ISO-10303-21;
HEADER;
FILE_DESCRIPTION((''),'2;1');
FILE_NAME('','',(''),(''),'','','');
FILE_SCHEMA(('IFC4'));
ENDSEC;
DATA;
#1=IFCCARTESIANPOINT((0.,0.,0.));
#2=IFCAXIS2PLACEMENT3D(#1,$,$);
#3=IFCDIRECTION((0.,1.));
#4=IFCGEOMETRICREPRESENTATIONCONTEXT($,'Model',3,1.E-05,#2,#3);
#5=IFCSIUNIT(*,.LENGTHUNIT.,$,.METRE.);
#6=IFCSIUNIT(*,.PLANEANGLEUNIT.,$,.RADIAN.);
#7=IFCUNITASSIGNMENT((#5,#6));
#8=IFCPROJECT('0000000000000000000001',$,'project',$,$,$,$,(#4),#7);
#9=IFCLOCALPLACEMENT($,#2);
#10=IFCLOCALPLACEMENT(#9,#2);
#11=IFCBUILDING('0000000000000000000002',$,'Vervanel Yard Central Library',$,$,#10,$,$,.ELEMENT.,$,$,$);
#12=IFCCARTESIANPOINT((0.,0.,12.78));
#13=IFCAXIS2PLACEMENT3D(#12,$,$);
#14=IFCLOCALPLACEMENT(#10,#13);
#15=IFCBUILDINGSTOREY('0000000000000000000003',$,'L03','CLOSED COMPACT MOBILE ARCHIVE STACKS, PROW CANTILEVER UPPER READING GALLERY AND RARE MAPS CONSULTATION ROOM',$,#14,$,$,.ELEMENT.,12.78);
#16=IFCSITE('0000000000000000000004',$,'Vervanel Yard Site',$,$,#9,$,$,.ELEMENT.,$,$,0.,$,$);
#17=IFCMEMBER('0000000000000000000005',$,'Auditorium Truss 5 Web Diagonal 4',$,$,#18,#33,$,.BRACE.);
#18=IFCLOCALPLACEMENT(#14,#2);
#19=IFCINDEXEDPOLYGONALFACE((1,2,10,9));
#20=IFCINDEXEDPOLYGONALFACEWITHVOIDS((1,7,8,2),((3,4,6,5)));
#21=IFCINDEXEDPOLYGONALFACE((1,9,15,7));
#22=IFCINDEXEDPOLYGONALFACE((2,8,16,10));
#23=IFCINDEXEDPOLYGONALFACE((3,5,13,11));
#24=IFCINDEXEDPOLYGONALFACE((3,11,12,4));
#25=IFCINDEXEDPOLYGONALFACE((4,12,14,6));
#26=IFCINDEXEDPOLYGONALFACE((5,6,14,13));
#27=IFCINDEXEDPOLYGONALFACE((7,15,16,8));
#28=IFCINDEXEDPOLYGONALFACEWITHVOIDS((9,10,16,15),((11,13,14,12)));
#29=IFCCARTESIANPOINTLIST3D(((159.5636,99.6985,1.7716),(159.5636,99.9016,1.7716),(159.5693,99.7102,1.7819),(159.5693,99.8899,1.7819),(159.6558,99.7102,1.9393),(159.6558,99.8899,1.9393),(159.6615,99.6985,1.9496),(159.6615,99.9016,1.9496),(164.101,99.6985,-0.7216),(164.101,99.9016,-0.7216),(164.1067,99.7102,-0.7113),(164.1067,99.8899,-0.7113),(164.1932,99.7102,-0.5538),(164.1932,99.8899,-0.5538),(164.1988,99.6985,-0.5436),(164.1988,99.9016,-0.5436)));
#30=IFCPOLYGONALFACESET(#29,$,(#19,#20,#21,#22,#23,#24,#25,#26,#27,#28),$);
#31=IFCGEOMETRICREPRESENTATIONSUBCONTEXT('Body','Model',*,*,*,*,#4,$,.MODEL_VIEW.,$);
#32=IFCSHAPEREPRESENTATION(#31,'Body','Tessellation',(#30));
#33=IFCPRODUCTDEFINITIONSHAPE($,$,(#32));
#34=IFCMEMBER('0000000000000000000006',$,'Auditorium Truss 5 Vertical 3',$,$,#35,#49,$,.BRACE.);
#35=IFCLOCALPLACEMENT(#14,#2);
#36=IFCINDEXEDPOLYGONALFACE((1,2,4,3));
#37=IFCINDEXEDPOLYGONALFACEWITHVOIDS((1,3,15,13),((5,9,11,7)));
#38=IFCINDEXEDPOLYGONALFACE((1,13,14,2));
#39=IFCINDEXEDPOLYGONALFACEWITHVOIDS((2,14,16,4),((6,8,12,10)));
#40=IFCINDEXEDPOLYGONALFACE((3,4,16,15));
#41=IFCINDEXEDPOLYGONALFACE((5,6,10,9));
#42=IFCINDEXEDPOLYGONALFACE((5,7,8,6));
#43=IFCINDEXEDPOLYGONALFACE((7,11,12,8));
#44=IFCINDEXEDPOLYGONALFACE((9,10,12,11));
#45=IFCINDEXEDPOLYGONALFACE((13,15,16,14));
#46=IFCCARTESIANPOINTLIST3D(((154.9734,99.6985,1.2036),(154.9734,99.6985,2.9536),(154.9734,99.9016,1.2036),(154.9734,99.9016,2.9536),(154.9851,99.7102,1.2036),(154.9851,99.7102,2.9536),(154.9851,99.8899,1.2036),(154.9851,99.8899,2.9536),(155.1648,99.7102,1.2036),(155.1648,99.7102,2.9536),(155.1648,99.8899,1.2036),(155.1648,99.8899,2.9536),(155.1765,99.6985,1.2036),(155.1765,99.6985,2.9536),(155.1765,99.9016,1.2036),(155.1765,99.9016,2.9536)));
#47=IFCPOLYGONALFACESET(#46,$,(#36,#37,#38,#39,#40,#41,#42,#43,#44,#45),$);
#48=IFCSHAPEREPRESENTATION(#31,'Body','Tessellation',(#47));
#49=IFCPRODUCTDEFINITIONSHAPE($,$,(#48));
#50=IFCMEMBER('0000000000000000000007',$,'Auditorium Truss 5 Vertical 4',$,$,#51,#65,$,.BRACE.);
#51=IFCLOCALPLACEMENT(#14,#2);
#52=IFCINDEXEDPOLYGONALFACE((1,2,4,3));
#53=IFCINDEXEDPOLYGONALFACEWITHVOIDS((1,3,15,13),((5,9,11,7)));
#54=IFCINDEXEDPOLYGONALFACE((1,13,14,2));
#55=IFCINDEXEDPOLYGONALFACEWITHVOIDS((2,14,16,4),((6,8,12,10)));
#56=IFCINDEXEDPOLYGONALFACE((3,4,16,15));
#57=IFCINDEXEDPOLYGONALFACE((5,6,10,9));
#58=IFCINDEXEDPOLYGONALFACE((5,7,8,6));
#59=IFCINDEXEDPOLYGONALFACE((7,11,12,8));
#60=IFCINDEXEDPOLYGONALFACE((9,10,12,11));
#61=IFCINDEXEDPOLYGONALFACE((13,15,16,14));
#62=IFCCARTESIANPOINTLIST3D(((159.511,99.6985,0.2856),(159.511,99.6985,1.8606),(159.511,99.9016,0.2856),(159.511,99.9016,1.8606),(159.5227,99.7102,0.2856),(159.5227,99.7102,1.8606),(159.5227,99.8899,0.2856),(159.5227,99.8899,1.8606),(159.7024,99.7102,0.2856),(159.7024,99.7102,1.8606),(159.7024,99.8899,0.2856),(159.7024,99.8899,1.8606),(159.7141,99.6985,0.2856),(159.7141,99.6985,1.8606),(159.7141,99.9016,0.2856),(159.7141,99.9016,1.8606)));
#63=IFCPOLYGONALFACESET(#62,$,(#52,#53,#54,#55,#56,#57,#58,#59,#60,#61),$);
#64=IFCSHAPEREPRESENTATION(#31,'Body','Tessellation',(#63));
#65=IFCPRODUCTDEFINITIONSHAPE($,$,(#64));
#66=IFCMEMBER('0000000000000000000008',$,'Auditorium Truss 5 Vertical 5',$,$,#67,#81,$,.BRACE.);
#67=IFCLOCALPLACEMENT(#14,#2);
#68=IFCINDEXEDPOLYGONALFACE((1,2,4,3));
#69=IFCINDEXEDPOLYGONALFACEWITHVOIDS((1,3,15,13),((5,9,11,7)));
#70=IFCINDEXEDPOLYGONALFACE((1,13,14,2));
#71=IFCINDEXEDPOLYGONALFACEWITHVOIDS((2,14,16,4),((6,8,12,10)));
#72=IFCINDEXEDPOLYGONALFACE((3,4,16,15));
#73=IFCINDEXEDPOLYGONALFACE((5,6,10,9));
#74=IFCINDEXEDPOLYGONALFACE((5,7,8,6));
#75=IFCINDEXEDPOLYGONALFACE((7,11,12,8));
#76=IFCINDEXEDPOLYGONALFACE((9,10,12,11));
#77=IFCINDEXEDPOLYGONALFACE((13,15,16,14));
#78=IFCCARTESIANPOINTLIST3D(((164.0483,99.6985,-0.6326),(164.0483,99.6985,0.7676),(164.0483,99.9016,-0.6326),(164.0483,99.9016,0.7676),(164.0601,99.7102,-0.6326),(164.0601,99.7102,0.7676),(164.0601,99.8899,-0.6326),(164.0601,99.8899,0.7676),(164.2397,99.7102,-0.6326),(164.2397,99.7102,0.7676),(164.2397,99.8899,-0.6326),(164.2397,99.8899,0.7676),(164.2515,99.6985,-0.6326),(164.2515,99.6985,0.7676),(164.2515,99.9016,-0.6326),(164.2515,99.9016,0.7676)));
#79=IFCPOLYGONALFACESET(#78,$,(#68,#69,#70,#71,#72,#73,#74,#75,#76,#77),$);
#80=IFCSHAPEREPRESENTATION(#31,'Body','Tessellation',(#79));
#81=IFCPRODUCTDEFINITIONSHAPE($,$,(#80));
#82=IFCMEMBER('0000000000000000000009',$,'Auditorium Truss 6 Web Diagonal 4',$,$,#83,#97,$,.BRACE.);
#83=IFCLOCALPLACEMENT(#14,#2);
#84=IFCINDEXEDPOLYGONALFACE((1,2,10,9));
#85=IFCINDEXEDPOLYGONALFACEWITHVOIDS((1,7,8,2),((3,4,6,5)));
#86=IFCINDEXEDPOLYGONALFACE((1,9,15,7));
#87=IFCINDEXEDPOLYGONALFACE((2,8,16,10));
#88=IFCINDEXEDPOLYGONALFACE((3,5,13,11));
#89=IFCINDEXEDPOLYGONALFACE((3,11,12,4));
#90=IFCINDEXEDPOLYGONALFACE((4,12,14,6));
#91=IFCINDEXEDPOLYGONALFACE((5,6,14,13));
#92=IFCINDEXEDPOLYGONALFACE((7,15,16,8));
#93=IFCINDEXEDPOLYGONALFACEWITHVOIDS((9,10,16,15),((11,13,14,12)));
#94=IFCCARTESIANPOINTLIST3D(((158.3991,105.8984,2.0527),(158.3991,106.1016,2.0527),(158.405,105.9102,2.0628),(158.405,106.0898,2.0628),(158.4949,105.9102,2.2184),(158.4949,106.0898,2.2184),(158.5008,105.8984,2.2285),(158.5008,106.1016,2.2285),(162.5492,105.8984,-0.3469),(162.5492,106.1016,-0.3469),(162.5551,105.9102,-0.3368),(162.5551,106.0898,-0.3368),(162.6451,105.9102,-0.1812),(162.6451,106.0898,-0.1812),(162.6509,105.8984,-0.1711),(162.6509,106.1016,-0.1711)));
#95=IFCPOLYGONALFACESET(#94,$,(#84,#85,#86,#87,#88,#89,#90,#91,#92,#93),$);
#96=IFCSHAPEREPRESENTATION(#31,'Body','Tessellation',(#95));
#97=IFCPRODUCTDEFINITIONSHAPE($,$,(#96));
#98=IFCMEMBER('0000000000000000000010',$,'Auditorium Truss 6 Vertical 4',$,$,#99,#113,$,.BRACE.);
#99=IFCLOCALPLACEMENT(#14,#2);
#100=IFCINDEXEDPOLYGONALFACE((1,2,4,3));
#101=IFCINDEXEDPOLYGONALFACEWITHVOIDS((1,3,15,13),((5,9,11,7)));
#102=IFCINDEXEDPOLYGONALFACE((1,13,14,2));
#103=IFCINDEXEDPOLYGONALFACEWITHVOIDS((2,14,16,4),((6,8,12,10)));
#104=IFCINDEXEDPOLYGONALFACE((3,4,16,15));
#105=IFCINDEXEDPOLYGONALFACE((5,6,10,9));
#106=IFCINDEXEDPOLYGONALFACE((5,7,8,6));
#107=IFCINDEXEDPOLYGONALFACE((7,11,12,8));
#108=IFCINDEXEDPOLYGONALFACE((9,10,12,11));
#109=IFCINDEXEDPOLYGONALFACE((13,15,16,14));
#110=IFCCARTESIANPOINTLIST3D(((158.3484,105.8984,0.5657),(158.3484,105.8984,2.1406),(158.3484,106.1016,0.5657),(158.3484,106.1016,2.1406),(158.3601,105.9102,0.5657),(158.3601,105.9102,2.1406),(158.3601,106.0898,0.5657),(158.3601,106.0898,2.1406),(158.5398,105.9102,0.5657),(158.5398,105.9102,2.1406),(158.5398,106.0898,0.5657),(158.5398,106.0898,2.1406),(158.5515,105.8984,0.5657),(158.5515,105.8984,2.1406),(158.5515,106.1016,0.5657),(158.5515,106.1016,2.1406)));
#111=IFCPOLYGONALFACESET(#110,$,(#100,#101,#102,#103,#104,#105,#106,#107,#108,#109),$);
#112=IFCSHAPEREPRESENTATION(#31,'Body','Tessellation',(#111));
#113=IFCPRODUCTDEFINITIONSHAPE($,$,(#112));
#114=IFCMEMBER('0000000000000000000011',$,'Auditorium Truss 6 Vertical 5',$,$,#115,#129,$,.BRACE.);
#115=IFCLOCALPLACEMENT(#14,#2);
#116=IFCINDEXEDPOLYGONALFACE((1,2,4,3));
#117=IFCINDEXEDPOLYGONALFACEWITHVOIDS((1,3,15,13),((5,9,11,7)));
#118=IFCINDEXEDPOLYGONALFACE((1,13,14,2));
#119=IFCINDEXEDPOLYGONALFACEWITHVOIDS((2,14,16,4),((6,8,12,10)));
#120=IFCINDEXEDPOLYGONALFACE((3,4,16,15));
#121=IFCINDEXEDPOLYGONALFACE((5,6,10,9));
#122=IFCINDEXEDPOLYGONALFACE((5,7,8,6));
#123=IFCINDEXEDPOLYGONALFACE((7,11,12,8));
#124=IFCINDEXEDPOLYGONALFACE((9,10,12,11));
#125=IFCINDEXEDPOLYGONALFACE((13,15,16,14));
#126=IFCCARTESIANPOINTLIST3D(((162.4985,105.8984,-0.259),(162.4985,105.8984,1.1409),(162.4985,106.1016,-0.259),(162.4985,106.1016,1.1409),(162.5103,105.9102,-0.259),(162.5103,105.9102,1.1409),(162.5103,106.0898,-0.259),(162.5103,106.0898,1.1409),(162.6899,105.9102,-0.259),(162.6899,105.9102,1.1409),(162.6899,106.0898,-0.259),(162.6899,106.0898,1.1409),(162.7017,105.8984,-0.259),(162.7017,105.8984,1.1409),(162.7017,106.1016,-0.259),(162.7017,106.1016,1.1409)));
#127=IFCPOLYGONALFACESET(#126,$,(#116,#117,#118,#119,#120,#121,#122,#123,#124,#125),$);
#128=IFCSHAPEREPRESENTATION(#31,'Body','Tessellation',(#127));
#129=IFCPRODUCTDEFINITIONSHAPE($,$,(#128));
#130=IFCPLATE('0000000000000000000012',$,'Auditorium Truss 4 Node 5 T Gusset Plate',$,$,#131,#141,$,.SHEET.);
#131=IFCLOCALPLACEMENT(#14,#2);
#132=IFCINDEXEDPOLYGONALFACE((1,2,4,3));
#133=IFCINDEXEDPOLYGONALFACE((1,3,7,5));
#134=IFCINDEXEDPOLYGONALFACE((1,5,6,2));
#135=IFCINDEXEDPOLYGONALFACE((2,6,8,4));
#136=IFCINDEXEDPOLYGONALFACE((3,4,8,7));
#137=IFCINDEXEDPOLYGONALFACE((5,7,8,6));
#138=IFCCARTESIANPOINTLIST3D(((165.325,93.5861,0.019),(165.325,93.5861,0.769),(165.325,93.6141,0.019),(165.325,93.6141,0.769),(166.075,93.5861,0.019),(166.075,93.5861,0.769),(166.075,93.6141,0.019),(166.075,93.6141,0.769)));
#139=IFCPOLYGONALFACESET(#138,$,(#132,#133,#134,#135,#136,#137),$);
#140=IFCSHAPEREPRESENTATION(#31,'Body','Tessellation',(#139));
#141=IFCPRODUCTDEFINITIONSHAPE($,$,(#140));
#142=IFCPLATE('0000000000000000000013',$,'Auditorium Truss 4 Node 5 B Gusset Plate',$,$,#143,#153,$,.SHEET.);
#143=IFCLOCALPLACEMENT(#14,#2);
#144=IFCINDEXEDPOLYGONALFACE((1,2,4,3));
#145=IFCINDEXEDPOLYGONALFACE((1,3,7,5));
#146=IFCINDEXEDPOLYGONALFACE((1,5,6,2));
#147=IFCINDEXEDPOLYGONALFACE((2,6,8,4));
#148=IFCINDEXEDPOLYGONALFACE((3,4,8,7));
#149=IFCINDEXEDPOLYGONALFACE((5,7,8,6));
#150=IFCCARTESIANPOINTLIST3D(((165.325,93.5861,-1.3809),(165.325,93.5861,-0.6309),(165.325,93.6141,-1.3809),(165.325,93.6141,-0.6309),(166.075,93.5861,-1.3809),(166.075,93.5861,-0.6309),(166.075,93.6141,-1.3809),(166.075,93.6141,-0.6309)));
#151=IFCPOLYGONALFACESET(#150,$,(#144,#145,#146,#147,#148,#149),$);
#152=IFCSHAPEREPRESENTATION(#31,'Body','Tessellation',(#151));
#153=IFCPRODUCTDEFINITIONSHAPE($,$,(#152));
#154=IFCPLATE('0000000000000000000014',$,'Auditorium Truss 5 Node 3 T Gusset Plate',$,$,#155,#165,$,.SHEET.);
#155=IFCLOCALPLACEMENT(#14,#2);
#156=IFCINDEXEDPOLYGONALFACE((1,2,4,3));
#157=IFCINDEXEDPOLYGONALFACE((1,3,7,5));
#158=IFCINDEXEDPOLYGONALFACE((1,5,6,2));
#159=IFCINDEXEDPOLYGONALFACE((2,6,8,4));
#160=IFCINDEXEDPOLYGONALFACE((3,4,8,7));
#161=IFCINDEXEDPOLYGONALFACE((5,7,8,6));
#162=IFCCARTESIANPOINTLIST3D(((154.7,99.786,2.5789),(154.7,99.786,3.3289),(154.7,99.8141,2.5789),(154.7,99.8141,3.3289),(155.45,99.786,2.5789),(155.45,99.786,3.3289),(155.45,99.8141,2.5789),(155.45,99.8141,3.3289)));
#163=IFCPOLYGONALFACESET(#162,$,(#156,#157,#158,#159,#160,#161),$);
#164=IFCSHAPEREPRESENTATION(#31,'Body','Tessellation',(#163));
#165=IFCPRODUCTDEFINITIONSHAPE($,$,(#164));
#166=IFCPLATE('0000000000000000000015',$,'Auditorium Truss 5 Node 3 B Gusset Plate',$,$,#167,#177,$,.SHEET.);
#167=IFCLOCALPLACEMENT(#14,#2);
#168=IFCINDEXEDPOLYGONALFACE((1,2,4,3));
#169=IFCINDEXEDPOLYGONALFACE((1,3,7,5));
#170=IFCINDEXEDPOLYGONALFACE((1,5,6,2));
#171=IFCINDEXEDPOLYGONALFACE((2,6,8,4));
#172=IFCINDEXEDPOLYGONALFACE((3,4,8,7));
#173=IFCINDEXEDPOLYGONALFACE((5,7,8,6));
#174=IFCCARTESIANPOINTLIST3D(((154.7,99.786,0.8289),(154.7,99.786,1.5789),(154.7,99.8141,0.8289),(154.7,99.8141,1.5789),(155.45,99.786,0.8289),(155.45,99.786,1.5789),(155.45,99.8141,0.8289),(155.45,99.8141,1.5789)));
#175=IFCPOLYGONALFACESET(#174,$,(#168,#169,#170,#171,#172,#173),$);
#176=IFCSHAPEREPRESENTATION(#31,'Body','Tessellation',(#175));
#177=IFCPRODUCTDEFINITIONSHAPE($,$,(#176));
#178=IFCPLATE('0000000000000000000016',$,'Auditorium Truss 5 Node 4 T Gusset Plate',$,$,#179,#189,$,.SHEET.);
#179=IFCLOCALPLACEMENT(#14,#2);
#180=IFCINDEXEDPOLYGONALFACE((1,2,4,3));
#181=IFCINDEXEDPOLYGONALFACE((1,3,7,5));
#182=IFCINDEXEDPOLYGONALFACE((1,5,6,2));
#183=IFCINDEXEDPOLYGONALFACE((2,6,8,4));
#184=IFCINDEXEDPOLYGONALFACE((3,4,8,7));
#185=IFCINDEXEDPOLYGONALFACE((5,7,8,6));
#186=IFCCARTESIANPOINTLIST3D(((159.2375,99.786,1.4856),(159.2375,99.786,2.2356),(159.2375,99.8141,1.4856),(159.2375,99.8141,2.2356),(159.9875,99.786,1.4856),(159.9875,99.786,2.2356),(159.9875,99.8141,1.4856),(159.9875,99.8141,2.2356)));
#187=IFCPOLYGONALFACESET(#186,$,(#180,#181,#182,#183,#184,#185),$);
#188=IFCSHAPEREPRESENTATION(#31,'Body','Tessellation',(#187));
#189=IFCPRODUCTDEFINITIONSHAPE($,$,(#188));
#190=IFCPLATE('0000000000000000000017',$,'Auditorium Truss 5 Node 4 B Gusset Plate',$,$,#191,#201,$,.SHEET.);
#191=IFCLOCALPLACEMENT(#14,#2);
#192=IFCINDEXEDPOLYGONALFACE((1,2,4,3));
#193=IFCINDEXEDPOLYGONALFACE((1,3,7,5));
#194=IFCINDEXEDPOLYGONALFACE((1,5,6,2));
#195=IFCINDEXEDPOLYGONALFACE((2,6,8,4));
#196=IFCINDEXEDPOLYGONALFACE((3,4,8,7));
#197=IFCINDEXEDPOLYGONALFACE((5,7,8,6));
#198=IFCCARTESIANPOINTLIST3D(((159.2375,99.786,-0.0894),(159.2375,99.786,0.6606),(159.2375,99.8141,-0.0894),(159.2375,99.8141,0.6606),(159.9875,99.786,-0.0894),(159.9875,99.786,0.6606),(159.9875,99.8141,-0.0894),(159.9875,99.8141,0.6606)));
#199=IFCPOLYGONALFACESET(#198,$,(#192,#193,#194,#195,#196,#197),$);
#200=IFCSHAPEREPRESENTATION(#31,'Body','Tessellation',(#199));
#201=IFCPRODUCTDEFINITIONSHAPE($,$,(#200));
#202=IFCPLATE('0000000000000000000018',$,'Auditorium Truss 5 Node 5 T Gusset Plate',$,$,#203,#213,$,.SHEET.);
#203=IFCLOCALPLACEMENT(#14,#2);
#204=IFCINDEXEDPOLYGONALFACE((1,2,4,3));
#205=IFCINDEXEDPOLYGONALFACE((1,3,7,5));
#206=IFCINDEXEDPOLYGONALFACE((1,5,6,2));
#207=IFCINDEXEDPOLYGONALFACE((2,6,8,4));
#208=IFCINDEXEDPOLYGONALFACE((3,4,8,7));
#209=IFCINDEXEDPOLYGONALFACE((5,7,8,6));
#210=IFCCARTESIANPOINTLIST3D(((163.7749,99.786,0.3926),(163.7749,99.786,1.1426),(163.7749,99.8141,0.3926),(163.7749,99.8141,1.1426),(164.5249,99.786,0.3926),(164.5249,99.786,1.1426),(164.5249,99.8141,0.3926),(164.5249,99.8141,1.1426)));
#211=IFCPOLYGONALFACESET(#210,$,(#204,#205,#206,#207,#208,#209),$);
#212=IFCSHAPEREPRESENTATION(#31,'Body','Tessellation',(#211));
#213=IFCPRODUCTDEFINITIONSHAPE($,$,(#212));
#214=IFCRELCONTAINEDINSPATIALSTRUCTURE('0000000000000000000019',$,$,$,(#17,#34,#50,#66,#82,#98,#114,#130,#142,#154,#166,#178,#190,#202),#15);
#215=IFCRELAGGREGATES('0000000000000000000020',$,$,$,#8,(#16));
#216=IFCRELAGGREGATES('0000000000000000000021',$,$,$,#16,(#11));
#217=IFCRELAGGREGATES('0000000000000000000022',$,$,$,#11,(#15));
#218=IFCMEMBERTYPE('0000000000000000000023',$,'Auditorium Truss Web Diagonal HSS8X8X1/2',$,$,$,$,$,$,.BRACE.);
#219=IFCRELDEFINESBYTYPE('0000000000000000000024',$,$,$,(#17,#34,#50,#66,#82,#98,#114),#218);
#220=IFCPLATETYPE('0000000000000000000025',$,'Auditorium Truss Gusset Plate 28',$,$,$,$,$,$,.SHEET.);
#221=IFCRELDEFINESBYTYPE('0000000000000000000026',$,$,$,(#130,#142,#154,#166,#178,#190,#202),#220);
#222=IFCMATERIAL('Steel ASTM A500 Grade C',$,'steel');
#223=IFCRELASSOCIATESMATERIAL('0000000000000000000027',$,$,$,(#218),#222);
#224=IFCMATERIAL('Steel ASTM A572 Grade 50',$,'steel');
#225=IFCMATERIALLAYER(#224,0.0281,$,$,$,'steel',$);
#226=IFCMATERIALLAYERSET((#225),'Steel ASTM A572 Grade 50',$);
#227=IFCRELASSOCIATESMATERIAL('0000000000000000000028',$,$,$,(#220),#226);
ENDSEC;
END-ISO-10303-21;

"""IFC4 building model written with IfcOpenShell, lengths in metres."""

from ifc_helpers import new_model, si_unit, direction, frame, origin, origin_2d, place, context, subcontext, project, spatial, rectangle, hollow_rectangle, extrude, material, layer, layer_set, material_profile, profile_set, type_object, element, save


model = new_model("IFC4")

# Units and contexts
model_context = context("Model", 3, precision=1e-05, world=origin(), true_north=direction((0.0, 1.0)))
body_context = subcontext(model_context, "Body", "Model", "MODEL_VIEW")
ifc_project = project(units=[si_unit("LENGTHUNIT", "METRE"), si_unit("PLANEANGLEUNIT", "RADIAN")], contexts=[model_context])

# Site, building, storey
site_placement = place(None, origin())
site = spatial("IfcSite", under=ifc_project, at=site_placement, Name="Vervanel Yard Site", CompositionType="ELEMENT", RefElevation=0.0)
building_placement = place(site_placement, origin())
building = spatial("IfcBuilding", under=site, at=building_placement, Name="Vervanel Yard Central Library", CompositionType="ELEMENT")
storey_placement = place(building_placement, frame((0.0, 0.0, 12.78)))
storey = spatial("IfcBuildingStorey", under=building, at=storey_placement, Name="L03", Description="CLOSED COMPACT MOBILE ARCHIVE STACKS, PROW CANTILEVER UPPER READING GALLERY AND RARE MAPS CONSULTATION ROOM", CompositionType="ELEMENT", Elevation=12.78)

# Members
ifc_material_1 = material(Name="Steel ASTM A500 Grade C", Category="steel")
ifc_material_profile_1 = material_profile(ifc_material_1, hollow_rectangle(XDim=0.2031, YDim=0.2031, WallThickness=0.0117, at=origin_2d()), Name="HSS8X8X1/2", Category="steel")
ifc_profile_set_1 = profile_set([ifc_material_profile_1], Name="Steel ASTM A500 Grade C")
member_type_1 = type_object("IfcMemberType", Name="Auditorium Truss Web Diagonal HSS8X8X1/2", PredefinedType="BRACE", material=ifc_profile_set_1)
member_1_placement = place(storey_placement, frame((159.6125, 99.8, 1.8606), z_axis=(0.87641, 0.0, -0.481566), x_axis=(0.0, 1.0, 0.0)))
element("IfcMember", 1, at=member_1_placement, inside=storey, type_object=member_type_1, Name="Auditorium Truss 5 Web Diagonal 4", PredefinedType="BRACE", context=body_context, shape_type="SweptSolid", body=[
    extrude(hollow_rectangle(XDim=0.2031, YDim=0.2031, WallThickness=0.0117, at=origin_2d()), origin(), (0.0, 0.0, 1.0), 5.1772),
])
member_2_placement = place(storey_placement, frame((155.075, 99.8, 1.2036), z_axis=(0.0, 0.0, 1.0), x_axis=(1.0, 0.0, 0.0)))
element("IfcMember", 2, at=member_2_placement, inside=storey, type_object=member_type_1, Name="Auditorium Truss 5 Vertical 3", PredefinedType="BRACE", context=body_context, shape_type="SweptSolid", body=[
    extrude(hollow_rectangle(XDim=0.2031, YDim=0.2031, WallThickness=0.0117, at=origin_2d()), origin(), (0.0, 0.0, 1.0), 1.75),
])
member_3_placement = place(storey_placement, frame((159.6125, 99.8, 0.2856), z_axis=(0.0, 0.0, 1.0), x_axis=(1.0, 0.0, 0.0)))
element("IfcMember", 3, at=member_3_placement, inside=storey, type_object=member_type_1, Name="Auditorium Truss 5 Vertical 4", PredefinedType="BRACE", context=body_context, shape_type="SweptSolid", body=[
    extrude(hollow_rectangle(XDim=0.2031, YDim=0.2031, WallThickness=0.0117, at=origin_2d()), origin(), (0.0, 0.0, 1.0), 1.575),
])
member_4_placement = place(storey_placement, frame((164.1499, 99.8, -0.6326), z_axis=(0.0, 0.0, 1.0), x_axis=(1.0, 0.0, 0.0)))
element("IfcMember", 4, at=member_4_placement, inside=storey, type_object=member_type_1, Name="Auditorium Truss 5 Vertical 5", PredefinedType="BRACE", context=body_context, shape_type="SweptSolid", body=[
    extrude(hollow_rectangle(XDim=0.2031, YDim=0.2031, WallThickness=0.0117, at=origin_2d()), origin(), (0.0, 0.0, 1.0), 1.4001),
])
member_5_placement = place(storey_placement, frame((158.45, 106.0, 2.1406), z_axis=(0.865703, 0.0, -0.500558), x_axis=(0.0, 1.0, 0.0)))
element("IfcMember", 5, at=member_5_placement, inside=storey, type_object=member_type_1, Name="Auditorium Truss 6 Web Diagonal 4", PredefinedType="BRACE", context=body_context, shape_type="SweptSolid", body=[
    extrude(hollow_rectangle(XDim=0.2031, YDim=0.2031, WallThickness=0.0117, at=origin_2d()), origin(), (0.0, 0.0, 1.0), 4.7939),
])
member_6_placement = place(storey_placement, frame((158.45, 106.0, 0.5657), z_axis=(0.0, 0.0, 1.0), x_axis=(1.0, 0.0, 0.0)))
element("IfcMember", 6, at=member_6_placement, inside=storey, type_object=member_type_1, Name="Auditorium Truss 6 Vertical 4", PredefinedType="BRACE", context=body_context, shape_type="SweptSolid", body=[
    extrude(hollow_rectangle(XDim=0.2031, YDim=0.2031, WallThickness=0.0117, at=origin_2d()), origin(), (0.0, 0.0, 1.0), 1.575),
])
member_7_placement = place(storey_placement, frame((162.6001, 106.0, -0.259), z_axis=(0.0, 0.0, 1.0), x_axis=(1.0, 0.0, 0.0)))
element("IfcMember", 7, at=member_7_placement, inside=storey, type_object=member_type_1, Name="Auditorium Truss 6 Vertical 5", PredefinedType="BRACE", context=body_context, shape_type="SweptSolid", body=[
    extrude(hollow_rectangle(XDim=0.2031, YDim=0.2031, WallThickness=0.0117, at=origin_2d()), origin(), (0.0, 0.0, 1.0), 1.3999),
])

# Plates
ifc_material_2 = material(Name="Steel ASTM A572 Grade 50", Category="steel")
ifc_layer = layer(ifc_material_2, 0.0281, Category="steel")
ifc_layer_set = layer_set([ifc_layer], Name="Steel ASTM A572 Grade 50")
plate_type = type_object("IfcPlateType", Name="Auditorium Truss Gusset Plate 28", PredefinedType="SHEET", material=ifc_layer_set)
for number, where, z_axis, x_axis, name in (
    (8, (165.7, 93.6001, 0.019), (0.0, 0.0, 1.0), (1.0, 0.0, 0.0), "Auditorium Truss 4 Node 5 T Gusset Plate"),
    (9, (165.7, 93.6001, -1.3809), (0.0, 0.0, 1.0), (1.0, 0.0, 0.0), "Auditorium Truss 4 Node 5 B Gusset Plate"),
    (10, (155.075, 99.8, 2.5789), (0.0, 0.0, 1.0), (1.0, 0.0, 0.0), "Auditorium Truss 5 Node 3 T Gusset Plate"),
    (11, (155.075, 99.8, 0.8289), (0.0, 0.0, 1.0), (1.0, 0.0, 0.0), "Auditorium Truss 5 Node 3 B Gusset Plate"),
    (12, (159.6125, 99.8, 1.4856), (0.0, 0.0, 1.0), (1.0, 0.0, 0.0), "Auditorium Truss 5 Node 4 T Gusset Plate"),
    (13, (159.6125, 99.8, -0.0894), (0.0, 0.0, 1.0), (1.0, 0.0, 0.0), "Auditorium Truss 5 Node 4 B Gusset Plate"),
    (14, (164.1499, 99.8, 0.3926), (0.0, 0.0, 1.0), (1.0, 0.0, 0.0), "Auditorium Truss 5 Node 5 T Gusset Plate"),
):
    element("IfcPlate", number, at=place(storey_placement, frame(where, z_axis=z_axis, x_axis=x_axis)), inside=storey, type_object=plate_type, Name=name, PredefinedType="SHEET", context=body_context, shape_type="SweptSolid", body=[
        extrude(rectangle(XDim=0.75, YDim=0.0281, at=origin_2d()), origin(), (0.0, 0.0, 1.0), 0.75),
    ])

save(model, "model.ifc")
